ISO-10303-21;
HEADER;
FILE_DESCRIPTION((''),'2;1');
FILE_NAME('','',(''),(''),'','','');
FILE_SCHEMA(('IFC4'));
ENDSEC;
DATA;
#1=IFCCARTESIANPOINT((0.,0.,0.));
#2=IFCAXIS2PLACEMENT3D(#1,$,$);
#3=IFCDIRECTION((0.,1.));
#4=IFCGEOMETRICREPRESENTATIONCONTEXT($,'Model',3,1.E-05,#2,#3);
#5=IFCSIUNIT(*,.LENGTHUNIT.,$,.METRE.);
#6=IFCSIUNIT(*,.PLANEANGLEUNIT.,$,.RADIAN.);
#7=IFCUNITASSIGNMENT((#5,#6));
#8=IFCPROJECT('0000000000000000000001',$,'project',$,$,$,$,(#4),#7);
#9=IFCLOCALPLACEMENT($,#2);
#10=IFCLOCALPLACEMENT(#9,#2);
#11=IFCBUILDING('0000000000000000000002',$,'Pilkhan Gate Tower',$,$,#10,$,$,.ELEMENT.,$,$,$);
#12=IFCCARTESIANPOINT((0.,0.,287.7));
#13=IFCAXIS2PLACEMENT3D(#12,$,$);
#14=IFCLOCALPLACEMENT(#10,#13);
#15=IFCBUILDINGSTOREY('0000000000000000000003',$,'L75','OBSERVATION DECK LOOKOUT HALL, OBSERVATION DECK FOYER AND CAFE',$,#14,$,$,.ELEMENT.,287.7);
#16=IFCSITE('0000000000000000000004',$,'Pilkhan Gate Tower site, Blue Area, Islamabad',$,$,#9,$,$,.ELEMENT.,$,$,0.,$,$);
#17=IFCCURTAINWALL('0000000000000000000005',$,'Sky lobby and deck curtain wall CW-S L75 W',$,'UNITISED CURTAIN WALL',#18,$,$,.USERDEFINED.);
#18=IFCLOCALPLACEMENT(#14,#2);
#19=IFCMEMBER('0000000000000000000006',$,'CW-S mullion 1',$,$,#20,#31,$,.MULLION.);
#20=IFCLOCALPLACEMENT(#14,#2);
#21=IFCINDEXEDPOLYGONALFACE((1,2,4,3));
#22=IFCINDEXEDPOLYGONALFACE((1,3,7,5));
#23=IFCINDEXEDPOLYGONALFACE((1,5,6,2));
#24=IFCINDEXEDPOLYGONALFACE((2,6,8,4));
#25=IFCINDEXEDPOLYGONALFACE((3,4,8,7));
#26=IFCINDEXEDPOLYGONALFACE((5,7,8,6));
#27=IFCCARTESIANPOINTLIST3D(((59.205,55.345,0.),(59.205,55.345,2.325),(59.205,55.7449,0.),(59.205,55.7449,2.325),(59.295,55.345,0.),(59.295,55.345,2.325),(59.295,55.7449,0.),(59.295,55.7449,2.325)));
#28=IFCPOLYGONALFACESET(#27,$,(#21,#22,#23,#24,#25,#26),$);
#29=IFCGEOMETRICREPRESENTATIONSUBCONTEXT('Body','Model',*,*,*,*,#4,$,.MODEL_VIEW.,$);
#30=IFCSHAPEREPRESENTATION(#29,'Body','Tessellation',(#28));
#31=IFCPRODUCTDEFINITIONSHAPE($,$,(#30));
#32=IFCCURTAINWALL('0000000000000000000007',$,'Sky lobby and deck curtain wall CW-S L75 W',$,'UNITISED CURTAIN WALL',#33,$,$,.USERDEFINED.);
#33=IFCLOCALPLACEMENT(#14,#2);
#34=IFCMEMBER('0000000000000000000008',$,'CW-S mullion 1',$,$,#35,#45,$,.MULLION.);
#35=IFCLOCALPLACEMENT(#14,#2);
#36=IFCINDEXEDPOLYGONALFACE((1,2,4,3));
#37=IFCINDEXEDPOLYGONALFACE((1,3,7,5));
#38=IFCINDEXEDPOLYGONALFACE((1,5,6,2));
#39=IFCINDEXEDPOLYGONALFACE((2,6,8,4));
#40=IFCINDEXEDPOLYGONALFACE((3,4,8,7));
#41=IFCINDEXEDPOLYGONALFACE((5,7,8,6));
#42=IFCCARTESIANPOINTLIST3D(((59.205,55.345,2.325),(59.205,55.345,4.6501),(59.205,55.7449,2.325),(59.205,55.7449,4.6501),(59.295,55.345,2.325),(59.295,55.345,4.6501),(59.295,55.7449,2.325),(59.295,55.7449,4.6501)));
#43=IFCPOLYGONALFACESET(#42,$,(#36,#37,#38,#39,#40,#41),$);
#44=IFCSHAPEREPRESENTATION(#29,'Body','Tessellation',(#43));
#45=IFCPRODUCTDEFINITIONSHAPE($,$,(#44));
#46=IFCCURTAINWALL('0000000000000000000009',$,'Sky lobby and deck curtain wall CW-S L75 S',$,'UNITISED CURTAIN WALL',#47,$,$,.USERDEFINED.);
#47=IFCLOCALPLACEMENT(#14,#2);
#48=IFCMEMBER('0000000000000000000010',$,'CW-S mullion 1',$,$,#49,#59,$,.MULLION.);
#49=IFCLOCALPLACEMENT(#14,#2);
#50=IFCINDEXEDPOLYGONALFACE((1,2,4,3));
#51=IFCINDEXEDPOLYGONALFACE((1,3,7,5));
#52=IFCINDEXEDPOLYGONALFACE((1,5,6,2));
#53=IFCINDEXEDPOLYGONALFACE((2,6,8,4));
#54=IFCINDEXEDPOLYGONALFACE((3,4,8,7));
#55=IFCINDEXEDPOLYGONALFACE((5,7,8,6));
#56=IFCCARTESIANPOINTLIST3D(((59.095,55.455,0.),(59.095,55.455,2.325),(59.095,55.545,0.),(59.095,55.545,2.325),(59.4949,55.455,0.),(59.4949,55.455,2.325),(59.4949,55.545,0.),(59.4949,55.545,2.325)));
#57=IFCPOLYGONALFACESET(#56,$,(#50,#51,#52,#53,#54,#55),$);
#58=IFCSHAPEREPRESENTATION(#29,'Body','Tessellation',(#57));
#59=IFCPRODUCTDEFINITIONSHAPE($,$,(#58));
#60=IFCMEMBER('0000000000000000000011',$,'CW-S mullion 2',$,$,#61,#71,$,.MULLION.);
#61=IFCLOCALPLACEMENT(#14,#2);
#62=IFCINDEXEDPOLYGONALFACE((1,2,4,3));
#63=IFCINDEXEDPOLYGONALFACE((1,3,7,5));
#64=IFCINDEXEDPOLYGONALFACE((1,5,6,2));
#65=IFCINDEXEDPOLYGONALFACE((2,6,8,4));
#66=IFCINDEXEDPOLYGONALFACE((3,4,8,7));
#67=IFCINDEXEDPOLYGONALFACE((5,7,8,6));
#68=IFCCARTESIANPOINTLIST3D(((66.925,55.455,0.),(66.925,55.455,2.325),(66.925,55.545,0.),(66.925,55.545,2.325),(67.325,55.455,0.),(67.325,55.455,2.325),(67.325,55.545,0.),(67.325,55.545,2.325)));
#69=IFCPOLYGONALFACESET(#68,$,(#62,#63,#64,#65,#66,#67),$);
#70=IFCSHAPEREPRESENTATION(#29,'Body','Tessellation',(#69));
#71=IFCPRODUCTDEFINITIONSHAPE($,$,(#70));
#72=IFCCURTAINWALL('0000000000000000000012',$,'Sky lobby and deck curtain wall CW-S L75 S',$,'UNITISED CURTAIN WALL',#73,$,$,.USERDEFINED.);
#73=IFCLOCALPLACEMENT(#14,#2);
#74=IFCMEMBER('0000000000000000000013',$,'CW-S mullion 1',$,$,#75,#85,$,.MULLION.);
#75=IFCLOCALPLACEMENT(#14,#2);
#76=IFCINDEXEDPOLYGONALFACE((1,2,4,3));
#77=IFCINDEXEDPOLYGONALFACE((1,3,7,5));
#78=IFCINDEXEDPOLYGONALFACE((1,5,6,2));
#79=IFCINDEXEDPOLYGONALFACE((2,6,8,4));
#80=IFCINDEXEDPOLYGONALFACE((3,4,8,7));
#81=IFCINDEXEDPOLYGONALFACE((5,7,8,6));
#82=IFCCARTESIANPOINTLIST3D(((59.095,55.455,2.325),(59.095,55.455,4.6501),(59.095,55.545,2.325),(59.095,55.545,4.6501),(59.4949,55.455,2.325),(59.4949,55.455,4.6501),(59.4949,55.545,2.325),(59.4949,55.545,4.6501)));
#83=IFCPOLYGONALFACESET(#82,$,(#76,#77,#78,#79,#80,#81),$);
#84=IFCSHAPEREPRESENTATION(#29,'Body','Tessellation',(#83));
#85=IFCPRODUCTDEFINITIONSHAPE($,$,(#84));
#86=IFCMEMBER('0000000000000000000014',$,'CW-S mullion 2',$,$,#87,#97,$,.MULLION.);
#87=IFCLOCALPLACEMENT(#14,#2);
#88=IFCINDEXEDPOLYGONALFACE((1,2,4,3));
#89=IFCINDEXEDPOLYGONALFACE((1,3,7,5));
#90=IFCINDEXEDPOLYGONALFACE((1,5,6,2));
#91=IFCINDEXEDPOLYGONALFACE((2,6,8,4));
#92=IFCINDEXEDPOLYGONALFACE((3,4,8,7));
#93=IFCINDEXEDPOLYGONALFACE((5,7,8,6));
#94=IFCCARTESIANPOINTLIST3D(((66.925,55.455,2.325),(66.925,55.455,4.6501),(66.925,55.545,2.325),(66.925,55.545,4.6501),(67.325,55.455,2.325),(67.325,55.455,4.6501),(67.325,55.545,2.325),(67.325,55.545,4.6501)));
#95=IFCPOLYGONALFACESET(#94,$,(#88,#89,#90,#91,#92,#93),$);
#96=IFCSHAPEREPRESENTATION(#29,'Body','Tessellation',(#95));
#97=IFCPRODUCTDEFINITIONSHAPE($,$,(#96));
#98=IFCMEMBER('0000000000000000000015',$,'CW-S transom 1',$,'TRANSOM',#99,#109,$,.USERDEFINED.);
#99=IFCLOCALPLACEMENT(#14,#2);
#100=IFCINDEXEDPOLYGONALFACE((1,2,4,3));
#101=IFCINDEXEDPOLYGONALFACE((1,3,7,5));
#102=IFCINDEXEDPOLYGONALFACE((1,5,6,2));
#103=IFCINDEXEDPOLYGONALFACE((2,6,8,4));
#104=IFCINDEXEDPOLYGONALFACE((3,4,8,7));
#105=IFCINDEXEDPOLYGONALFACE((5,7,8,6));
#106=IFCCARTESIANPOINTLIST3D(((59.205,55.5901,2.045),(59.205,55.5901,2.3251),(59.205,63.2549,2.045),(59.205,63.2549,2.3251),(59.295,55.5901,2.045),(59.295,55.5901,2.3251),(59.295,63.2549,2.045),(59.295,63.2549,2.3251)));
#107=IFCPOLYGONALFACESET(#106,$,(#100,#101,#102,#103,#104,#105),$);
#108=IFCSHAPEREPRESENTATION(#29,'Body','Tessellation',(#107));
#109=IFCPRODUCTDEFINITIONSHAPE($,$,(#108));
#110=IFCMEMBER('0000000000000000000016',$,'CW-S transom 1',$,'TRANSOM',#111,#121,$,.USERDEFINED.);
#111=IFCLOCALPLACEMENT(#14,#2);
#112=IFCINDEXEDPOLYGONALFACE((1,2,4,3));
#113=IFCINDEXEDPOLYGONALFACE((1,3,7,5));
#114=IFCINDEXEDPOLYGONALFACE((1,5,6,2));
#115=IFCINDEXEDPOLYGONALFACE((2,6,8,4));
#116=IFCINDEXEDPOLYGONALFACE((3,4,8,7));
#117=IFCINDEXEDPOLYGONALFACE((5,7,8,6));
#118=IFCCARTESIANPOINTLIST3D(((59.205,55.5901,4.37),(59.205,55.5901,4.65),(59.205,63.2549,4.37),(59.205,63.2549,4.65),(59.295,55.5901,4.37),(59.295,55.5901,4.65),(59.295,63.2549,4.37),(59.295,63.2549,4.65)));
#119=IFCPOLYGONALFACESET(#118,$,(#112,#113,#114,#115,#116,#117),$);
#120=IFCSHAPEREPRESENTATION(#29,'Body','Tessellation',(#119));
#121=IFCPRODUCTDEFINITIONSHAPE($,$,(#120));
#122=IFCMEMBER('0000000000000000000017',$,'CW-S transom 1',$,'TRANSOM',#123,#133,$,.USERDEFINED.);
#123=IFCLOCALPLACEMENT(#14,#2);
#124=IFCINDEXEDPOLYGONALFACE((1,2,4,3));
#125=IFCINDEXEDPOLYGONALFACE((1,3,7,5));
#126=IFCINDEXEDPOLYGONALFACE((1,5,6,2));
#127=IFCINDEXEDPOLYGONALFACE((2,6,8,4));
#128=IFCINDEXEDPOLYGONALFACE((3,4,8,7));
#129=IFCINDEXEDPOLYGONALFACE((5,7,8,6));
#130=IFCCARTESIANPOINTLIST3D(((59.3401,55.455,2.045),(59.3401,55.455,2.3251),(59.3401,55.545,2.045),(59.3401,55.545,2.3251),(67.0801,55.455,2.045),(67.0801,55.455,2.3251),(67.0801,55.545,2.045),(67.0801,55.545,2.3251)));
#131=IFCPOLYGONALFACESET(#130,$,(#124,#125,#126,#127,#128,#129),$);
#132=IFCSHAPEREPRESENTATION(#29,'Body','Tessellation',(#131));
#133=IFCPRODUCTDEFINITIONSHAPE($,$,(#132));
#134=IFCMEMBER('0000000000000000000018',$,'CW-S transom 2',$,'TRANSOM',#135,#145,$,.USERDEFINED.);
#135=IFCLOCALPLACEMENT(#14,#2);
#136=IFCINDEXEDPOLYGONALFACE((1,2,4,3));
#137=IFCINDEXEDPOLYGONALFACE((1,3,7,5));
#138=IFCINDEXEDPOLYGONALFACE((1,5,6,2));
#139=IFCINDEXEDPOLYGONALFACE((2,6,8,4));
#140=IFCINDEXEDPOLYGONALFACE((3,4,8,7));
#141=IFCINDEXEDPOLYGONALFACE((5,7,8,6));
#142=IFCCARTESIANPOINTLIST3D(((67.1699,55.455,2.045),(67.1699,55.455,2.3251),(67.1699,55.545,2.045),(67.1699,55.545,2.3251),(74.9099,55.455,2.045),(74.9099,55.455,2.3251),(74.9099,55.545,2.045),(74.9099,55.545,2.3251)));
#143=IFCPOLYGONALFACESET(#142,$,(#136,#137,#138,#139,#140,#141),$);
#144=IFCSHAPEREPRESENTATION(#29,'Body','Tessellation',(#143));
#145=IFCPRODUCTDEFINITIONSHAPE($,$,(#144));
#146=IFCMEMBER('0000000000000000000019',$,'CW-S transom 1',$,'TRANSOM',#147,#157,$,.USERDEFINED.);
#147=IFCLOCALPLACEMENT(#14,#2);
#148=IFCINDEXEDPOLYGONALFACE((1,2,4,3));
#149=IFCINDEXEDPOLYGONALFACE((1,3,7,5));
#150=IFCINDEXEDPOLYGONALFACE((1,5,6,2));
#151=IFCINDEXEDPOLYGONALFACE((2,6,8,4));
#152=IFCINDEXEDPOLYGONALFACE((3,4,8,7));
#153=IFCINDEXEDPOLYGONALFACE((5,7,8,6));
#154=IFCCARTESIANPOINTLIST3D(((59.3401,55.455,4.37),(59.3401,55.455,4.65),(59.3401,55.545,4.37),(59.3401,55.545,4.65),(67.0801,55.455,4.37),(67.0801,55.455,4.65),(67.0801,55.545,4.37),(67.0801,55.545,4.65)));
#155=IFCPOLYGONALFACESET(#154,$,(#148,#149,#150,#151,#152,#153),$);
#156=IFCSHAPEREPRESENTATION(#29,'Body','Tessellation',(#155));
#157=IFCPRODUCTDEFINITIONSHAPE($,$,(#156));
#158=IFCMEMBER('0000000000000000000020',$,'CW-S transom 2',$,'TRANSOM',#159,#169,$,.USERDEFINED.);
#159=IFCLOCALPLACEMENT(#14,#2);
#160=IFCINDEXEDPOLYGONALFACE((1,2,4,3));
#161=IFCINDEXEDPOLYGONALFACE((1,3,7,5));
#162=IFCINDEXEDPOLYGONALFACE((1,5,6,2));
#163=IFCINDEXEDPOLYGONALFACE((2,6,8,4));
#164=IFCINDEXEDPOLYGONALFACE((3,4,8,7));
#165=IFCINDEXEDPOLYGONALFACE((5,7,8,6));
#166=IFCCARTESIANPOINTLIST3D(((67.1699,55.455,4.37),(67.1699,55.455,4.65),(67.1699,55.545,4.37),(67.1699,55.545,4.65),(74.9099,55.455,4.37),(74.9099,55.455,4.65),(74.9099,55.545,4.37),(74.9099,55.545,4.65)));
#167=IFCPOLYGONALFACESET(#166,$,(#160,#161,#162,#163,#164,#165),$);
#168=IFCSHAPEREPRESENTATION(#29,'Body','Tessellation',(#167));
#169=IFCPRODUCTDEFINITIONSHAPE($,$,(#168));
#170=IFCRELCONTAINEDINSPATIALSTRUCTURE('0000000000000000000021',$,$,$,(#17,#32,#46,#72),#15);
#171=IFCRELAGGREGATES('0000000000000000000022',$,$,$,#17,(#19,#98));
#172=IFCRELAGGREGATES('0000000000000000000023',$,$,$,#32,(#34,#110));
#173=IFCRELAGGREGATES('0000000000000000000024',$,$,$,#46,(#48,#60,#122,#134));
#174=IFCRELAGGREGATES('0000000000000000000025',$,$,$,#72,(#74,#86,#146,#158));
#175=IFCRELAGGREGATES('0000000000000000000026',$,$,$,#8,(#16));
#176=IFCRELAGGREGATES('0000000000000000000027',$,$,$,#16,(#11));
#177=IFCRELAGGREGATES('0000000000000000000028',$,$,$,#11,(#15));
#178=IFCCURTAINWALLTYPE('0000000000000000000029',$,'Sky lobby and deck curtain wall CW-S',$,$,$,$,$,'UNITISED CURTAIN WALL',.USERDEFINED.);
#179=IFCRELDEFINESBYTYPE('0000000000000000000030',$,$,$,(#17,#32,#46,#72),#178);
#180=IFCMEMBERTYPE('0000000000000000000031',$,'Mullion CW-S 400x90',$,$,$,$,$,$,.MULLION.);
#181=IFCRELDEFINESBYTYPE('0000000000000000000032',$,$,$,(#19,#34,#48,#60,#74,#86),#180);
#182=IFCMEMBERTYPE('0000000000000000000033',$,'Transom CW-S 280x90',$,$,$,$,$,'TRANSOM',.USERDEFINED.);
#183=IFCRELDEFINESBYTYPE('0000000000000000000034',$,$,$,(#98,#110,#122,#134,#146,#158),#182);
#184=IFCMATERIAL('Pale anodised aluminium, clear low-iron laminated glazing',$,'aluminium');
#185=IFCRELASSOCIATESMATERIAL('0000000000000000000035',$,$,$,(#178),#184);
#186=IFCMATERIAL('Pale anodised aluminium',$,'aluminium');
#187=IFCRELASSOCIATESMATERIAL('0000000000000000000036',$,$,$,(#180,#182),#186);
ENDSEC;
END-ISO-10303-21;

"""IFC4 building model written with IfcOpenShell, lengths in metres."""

from ifc_helpers import new_model, si_unit, direction, frame, origin, origin_2d, place, context, subcontext, project, spatial, rectangle, extrude, material, material_profile, profile_set, type_object, element, aggregate, save


model = new_model("IFC4")

# Units and contexts
model_context = context("Model", 3, precision=1e-05, world=origin(), true_north=direction((0.0, 1.0)))
body_context = subcontext(model_context, "Body", "Model", "MODEL_VIEW")
ifc_project = project(units=[si_unit("LENGTHUNIT", "METRE"), si_unit("PLANEANGLEUNIT", "RADIAN")], contexts=[model_context])

# Site, building, storey
site_placement = place(None, origin())
site = spatial("IfcSite", under=ifc_project, at=site_placement, Name="Pilkhan Gate Tower site, Blue Area, Islamabad", CompositionType="ELEMENT", RefElevation=0.0)
building_placement = place(site_placement, origin())
building = spatial("IfcBuilding", under=site, at=building_placement, Name="Pilkhan Gate Tower", CompositionType="ELEMENT")
storey_placement = place(building_placement, frame((0.0, 0.0, 287.7)))
storey = spatial("IfcBuildingStorey", under=building, at=storey_placement, Name="L75", Description="OBSERVATION DECK LOOKOUT HALL, OBSERVATION DECK FOYER AND CAFE", CompositionType="ELEMENT", Elevation=287.7)

# Curtain walls, members
ifc_material_1 = material(Name="Pale anodised aluminium, clear low-iron laminated glazing", Category="aluminium")
curtain_wall_type = type_object("IfcCurtainWallType", Name="Sky lobby and deck curtain wall CW-S", ElementType="UNITISED CURTAIN WALL", PredefinedType="USERDEFINED", material=ifc_material_1)
curtain_wall_1_placement = place(storey_placement, origin())
curtain_wall_1 = element("IfcCurtainWall", 1, at=curtain_wall_1_placement, inside=storey, type_object=curtain_wall_type, Name="Sky lobby and deck curtain wall CW-S L75 W", ObjectType="UNITISED CURTAIN WALL", PredefinedType="USERDEFINED")
ifc_material_2 = material(Name="Pale anodised aluminium", Category="aluminium")
ifc_material_profile_1 = material_profile(ifc_material_2, rectangle(XDim=0.0901, YDim=0.3999, at=origin_2d()), Name="Mullion 400x90")
ifc_profile_set_1 = profile_set([ifc_material_profile_1], Name="Pale anodised aluminium")
member_type_1 = type_object("IfcMemberType", Name="Mullion CW-S 400x90", PredefinedType="MULLION", material=ifc_profile_set_1)
member_1_placement = place(storey_placement, frame((59.25, 55.5449, 0.0), z_axis=(0.0, 0.0, 1.0), x_axis=(-1.0, 0.0, 0.0)))
member_1 = element("IfcMember", 2, at=member_1_placement, type_object=member_type_1, Name="CW-S mullion 1", PredefinedType="MULLION", context=body_context, shape_type="SweptSolid", body=[
    extrude(rectangle(XDim=0.0901, YDim=0.3999, at=origin_2d()), origin(), (0.0, 0.0, 1.0), 2.325),
])
curtain_wall_2_placement = place(storey_placement, origin())
curtain_wall_2 = element("IfcCurtainWall", 3, at=curtain_wall_2_placement, inside=storey, type_object=curtain_wall_type, Name="Sky lobby and deck curtain wall CW-S L75 W", ObjectType="UNITISED CURTAIN WALL", PredefinedType="USERDEFINED")
member_2_placement = place(storey_placement, frame((59.25, 55.5449, 2.325), z_axis=(0.0, 0.0, 1.0), x_axis=(-1.0, 0.0, 0.0)))
member_2 = element("IfcMember", 4, at=member_2_placement, type_object=member_type_1, Name="CW-S mullion 1", PredefinedType="MULLION", context=body_context, shape_type="SweptSolid", body=[
    extrude(rectangle(XDim=0.0901, YDim=0.3999, at=origin_2d()), origin(), (0.0, 0.0, 1.0), 2.3252),
])

# Curtain walls, members
curtain_wall_3_placement = place(storey_placement, origin())
curtain_wall_3 = element("IfcCurtainWall", 5, at=curtain_wall_3_placement, inside=storey, type_object=curtain_wall_type, Name="Sky lobby and deck curtain wall CW-S L75 S", ObjectType="UNITISED CURTAIN WALL", PredefinedType="USERDEFINED")
member_3_placement = place(storey_placement, frame((59.2949, 55.5, 0.0), z_axis=(0.0, 0.0, 1.0), x_axis=(0.0, 1.0, 0.0)))
member_3 = element("IfcMember", 6, at=member_3_placement, type_object=member_type_1, Name="CW-S mullion 1", PredefinedType="MULLION", context=body_context, shape_type="SweptSolid", body=[
    extrude(rectangle(XDim=0.0901, YDim=0.3999, at=origin_2d()), origin(), (0.0, 0.0, 1.0), 2.325),
])
member_4_placement = place(storey_placement, frame((67.125, 55.5, 0.0), z_axis=(0.0, 0.0, 1.0), x_axis=(0.0, 1.0, 0.0)))
member_4 = element("IfcMember", 7, at=member_4_placement, type_object=member_type_1, Name="CW-S mullion 2", PredefinedType="MULLION", context=body_context, shape_type="SweptSolid", body=[
    extrude(rectangle(XDim=0.0901, YDim=0.3999, at=origin_2d()), origin(), (0.0, 0.0, 1.0), 2.325),
])
curtain_wall_4_placement = place(storey_placement, origin())
curtain_wall_4 = element("IfcCurtainWall", 8, at=curtain_wall_4_placement, inside=storey, type_object=curtain_wall_type, Name="Sky lobby and deck curtain wall CW-S L75 S", ObjectType="UNITISED CURTAIN WALL", PredefinedType="USERDEFINED")
member_5_placement = place(storey_placement, frame((59.2949, 55.5, 2.325), z_axis=(0.0, 0.0, 1.0), x_axis=(0.0, 1.0, 0.0)))
member_5 = element("IfcMember", 9, at=member_5_placement, type_object=member_type_1, Name="CW-S mullion 1", PredefinedType="MULLION", context=body_context, shape_type="SweptSolid", body=[
    extrude(rectangle(XDim=0.0901, YDim=0.3999, at=origin_2d()), origin(), (0.0, 0.0, 1.0), 2.3252),
])
member_6_placement = place(storey_placement, frame((67.125, 55.5, 2.325), z_axis=(0.0, 0.0, 1.0), x_axis=(0.0, 1.0, 0.0)))
member_6 = element("IfcMember", 10, at=member_6_placement, type_object=member_type_1, Name="CW-S mullion 2", PredefinedType="MULLION", context=body_context, shape_type="SweptSolid", body=[
    extrude(rectangle(XDim=0.0901, YDim=0.3999, at=origin_2d()), origin(), (0.0, 0.0, 1.0), 2.3252),
])

# Members
ifc_material_profile_2 = material_profile(ifc_material_2, rectangle(XDim=0.0901, YDim=0.28, at=origin_2d()), Name="Transom 280x90")
ifc_profile_set_2 = profile_set([ifc_material_profile_2], Name="Pale anodised aluminium")
member_type_2 = type_object("IfcMemberType", Name="Transom CW-S 280x90", ElementType="TRANSOM", PredefinedType="USERDEFINED", material=ifc_profile_set_2)
member_7_placement = place(storey_placement, frame((59.25, 55.5901, 2.1851), z_axis=(0.0, 1.0, 0.0), x_axis=(-1.0, 0.0, 0.0)))
member_7 = element("IfcMember", 11, at=member_7_placement, type_object=member_type_2, Name="CW-S transom 1", ObjectType="TRANSOM", PredefinedType="USERDEFINED", context=body_context, shape_type="SweptSolid", body=[
    extrude(rectangle(XDim=0.0901, YDim=0.28, at=origin_2d()), origin(), (0.0, 0.0, 1.0), 7.6648),
])
member_8_placement = place(storey_placement, frame((59.25, 55.5901, 4.51), z_axis=(0.0, 1.0, 0.0), x_axis=(-1.0, 0.0, 0.0)))
member_8 = element("IfcMember", 12, at=member_8_placement, type_object=member_type_2, Name="CW-S transom 1", ObjectType="TRANSOM", PredefinedType="USERDEFINED", context=body_context, shape_type="SweptSolid", body=[
    extrude(rectangle(XDim=0.0901, YDim=0.28, at=origin_2d()), origin(), (0.0, 0.0, 1.0), 7.6648),
])
member_9_placement = place(storey_placement, frame((59.3401, 55.5, 2.1851), z_axis=(1.0, 0.0, 0.0), x_axis=(0.0, 1.0, 0.0)))
member_9 = element("IfcMember", 13, at=member_9_placement, type_object=member_type_2, Name="CW-S transom 1", ObjectType="TRANSOM", PredefinedType="USERDEFINED", context=body_context, shape_type="SweptSolid", body=[
    extrude(rectangle(XDim=0.0901, YDim=0.28, at=origin_2d()), origin(), (0.0, 0.0, 1.0), 7.74),
])
member_10_placement = place(storey_placement, frame((67.1699, 55.5, 2.1851), z_axis=(1.0, 0.0, 0.0), x_axis=(0.0, 1.0, 0.0)))
member_10 = element("IfcMember", 14, at=member_10_placement, type_object=member_type_2, Name="CW-S transom 2", ObjectType="TRANSOM", PredefinedType="USERDEFINED", context=body_context, shape_type="SweptSolid", body=[
    extrude(rectangle(XDim=0.0901, YDim=0.28, at=origin_2d()), origin(), (0.0, 0.0, 1.0), 7.74),
])
member_11_placement = place(storey_placement, frame((59.3401, 55.5, 4.51), z_axis=(1.0, 0.0, 0.0), x_axis=(0.0, 1.0, 0.0)))
member_11 = element("IfcMember", 15, at=member_11_placement, type_object=member_type_2, Name="CW-S transom 1", ObjectType="TRANSOM", PredefinedType="USERDEFINED", context=body_context, shape_type="SweptSolid", body=[
    extrude(rectangle(XDim=0.0901, YDim=0.28, at=origin_2d()), origin(), (0.0, 0.0, 1.0), 7.74),
])
member_12_placement = place(storey_placement, frame((67.1699, 55.5, 4.51), z_axis=(1.0, 0.0, 0.0), x_axis=(0.0, 1.0, 0.0)))
member_12 = element("IfcMember", 16, at=member_12_placement, type_object=member_type_2, Name="CW-S transom 2", ObjectType="TRANSOM", PredefinedType="USERDEFINED", context=body_context, shape_type="SweptSolid", body=[
    extrude(rectangle(XDim=0.0901, YDim=0.28, at=origin_2d()), origin(), (0.0, 0.0, 1.0), 7.74),
])

aggregate(curtain_wall_1, [member_1, member_7])
aggregate(curtain_wall_2, [member_2, member_8])
aggregate(curtain_wall_3, [member_3, member_4, member_9, member_10])
aggregate(curtain_wall_4, [member_5, member_6, member_11, member_12])

save(model, "model.ifc")
